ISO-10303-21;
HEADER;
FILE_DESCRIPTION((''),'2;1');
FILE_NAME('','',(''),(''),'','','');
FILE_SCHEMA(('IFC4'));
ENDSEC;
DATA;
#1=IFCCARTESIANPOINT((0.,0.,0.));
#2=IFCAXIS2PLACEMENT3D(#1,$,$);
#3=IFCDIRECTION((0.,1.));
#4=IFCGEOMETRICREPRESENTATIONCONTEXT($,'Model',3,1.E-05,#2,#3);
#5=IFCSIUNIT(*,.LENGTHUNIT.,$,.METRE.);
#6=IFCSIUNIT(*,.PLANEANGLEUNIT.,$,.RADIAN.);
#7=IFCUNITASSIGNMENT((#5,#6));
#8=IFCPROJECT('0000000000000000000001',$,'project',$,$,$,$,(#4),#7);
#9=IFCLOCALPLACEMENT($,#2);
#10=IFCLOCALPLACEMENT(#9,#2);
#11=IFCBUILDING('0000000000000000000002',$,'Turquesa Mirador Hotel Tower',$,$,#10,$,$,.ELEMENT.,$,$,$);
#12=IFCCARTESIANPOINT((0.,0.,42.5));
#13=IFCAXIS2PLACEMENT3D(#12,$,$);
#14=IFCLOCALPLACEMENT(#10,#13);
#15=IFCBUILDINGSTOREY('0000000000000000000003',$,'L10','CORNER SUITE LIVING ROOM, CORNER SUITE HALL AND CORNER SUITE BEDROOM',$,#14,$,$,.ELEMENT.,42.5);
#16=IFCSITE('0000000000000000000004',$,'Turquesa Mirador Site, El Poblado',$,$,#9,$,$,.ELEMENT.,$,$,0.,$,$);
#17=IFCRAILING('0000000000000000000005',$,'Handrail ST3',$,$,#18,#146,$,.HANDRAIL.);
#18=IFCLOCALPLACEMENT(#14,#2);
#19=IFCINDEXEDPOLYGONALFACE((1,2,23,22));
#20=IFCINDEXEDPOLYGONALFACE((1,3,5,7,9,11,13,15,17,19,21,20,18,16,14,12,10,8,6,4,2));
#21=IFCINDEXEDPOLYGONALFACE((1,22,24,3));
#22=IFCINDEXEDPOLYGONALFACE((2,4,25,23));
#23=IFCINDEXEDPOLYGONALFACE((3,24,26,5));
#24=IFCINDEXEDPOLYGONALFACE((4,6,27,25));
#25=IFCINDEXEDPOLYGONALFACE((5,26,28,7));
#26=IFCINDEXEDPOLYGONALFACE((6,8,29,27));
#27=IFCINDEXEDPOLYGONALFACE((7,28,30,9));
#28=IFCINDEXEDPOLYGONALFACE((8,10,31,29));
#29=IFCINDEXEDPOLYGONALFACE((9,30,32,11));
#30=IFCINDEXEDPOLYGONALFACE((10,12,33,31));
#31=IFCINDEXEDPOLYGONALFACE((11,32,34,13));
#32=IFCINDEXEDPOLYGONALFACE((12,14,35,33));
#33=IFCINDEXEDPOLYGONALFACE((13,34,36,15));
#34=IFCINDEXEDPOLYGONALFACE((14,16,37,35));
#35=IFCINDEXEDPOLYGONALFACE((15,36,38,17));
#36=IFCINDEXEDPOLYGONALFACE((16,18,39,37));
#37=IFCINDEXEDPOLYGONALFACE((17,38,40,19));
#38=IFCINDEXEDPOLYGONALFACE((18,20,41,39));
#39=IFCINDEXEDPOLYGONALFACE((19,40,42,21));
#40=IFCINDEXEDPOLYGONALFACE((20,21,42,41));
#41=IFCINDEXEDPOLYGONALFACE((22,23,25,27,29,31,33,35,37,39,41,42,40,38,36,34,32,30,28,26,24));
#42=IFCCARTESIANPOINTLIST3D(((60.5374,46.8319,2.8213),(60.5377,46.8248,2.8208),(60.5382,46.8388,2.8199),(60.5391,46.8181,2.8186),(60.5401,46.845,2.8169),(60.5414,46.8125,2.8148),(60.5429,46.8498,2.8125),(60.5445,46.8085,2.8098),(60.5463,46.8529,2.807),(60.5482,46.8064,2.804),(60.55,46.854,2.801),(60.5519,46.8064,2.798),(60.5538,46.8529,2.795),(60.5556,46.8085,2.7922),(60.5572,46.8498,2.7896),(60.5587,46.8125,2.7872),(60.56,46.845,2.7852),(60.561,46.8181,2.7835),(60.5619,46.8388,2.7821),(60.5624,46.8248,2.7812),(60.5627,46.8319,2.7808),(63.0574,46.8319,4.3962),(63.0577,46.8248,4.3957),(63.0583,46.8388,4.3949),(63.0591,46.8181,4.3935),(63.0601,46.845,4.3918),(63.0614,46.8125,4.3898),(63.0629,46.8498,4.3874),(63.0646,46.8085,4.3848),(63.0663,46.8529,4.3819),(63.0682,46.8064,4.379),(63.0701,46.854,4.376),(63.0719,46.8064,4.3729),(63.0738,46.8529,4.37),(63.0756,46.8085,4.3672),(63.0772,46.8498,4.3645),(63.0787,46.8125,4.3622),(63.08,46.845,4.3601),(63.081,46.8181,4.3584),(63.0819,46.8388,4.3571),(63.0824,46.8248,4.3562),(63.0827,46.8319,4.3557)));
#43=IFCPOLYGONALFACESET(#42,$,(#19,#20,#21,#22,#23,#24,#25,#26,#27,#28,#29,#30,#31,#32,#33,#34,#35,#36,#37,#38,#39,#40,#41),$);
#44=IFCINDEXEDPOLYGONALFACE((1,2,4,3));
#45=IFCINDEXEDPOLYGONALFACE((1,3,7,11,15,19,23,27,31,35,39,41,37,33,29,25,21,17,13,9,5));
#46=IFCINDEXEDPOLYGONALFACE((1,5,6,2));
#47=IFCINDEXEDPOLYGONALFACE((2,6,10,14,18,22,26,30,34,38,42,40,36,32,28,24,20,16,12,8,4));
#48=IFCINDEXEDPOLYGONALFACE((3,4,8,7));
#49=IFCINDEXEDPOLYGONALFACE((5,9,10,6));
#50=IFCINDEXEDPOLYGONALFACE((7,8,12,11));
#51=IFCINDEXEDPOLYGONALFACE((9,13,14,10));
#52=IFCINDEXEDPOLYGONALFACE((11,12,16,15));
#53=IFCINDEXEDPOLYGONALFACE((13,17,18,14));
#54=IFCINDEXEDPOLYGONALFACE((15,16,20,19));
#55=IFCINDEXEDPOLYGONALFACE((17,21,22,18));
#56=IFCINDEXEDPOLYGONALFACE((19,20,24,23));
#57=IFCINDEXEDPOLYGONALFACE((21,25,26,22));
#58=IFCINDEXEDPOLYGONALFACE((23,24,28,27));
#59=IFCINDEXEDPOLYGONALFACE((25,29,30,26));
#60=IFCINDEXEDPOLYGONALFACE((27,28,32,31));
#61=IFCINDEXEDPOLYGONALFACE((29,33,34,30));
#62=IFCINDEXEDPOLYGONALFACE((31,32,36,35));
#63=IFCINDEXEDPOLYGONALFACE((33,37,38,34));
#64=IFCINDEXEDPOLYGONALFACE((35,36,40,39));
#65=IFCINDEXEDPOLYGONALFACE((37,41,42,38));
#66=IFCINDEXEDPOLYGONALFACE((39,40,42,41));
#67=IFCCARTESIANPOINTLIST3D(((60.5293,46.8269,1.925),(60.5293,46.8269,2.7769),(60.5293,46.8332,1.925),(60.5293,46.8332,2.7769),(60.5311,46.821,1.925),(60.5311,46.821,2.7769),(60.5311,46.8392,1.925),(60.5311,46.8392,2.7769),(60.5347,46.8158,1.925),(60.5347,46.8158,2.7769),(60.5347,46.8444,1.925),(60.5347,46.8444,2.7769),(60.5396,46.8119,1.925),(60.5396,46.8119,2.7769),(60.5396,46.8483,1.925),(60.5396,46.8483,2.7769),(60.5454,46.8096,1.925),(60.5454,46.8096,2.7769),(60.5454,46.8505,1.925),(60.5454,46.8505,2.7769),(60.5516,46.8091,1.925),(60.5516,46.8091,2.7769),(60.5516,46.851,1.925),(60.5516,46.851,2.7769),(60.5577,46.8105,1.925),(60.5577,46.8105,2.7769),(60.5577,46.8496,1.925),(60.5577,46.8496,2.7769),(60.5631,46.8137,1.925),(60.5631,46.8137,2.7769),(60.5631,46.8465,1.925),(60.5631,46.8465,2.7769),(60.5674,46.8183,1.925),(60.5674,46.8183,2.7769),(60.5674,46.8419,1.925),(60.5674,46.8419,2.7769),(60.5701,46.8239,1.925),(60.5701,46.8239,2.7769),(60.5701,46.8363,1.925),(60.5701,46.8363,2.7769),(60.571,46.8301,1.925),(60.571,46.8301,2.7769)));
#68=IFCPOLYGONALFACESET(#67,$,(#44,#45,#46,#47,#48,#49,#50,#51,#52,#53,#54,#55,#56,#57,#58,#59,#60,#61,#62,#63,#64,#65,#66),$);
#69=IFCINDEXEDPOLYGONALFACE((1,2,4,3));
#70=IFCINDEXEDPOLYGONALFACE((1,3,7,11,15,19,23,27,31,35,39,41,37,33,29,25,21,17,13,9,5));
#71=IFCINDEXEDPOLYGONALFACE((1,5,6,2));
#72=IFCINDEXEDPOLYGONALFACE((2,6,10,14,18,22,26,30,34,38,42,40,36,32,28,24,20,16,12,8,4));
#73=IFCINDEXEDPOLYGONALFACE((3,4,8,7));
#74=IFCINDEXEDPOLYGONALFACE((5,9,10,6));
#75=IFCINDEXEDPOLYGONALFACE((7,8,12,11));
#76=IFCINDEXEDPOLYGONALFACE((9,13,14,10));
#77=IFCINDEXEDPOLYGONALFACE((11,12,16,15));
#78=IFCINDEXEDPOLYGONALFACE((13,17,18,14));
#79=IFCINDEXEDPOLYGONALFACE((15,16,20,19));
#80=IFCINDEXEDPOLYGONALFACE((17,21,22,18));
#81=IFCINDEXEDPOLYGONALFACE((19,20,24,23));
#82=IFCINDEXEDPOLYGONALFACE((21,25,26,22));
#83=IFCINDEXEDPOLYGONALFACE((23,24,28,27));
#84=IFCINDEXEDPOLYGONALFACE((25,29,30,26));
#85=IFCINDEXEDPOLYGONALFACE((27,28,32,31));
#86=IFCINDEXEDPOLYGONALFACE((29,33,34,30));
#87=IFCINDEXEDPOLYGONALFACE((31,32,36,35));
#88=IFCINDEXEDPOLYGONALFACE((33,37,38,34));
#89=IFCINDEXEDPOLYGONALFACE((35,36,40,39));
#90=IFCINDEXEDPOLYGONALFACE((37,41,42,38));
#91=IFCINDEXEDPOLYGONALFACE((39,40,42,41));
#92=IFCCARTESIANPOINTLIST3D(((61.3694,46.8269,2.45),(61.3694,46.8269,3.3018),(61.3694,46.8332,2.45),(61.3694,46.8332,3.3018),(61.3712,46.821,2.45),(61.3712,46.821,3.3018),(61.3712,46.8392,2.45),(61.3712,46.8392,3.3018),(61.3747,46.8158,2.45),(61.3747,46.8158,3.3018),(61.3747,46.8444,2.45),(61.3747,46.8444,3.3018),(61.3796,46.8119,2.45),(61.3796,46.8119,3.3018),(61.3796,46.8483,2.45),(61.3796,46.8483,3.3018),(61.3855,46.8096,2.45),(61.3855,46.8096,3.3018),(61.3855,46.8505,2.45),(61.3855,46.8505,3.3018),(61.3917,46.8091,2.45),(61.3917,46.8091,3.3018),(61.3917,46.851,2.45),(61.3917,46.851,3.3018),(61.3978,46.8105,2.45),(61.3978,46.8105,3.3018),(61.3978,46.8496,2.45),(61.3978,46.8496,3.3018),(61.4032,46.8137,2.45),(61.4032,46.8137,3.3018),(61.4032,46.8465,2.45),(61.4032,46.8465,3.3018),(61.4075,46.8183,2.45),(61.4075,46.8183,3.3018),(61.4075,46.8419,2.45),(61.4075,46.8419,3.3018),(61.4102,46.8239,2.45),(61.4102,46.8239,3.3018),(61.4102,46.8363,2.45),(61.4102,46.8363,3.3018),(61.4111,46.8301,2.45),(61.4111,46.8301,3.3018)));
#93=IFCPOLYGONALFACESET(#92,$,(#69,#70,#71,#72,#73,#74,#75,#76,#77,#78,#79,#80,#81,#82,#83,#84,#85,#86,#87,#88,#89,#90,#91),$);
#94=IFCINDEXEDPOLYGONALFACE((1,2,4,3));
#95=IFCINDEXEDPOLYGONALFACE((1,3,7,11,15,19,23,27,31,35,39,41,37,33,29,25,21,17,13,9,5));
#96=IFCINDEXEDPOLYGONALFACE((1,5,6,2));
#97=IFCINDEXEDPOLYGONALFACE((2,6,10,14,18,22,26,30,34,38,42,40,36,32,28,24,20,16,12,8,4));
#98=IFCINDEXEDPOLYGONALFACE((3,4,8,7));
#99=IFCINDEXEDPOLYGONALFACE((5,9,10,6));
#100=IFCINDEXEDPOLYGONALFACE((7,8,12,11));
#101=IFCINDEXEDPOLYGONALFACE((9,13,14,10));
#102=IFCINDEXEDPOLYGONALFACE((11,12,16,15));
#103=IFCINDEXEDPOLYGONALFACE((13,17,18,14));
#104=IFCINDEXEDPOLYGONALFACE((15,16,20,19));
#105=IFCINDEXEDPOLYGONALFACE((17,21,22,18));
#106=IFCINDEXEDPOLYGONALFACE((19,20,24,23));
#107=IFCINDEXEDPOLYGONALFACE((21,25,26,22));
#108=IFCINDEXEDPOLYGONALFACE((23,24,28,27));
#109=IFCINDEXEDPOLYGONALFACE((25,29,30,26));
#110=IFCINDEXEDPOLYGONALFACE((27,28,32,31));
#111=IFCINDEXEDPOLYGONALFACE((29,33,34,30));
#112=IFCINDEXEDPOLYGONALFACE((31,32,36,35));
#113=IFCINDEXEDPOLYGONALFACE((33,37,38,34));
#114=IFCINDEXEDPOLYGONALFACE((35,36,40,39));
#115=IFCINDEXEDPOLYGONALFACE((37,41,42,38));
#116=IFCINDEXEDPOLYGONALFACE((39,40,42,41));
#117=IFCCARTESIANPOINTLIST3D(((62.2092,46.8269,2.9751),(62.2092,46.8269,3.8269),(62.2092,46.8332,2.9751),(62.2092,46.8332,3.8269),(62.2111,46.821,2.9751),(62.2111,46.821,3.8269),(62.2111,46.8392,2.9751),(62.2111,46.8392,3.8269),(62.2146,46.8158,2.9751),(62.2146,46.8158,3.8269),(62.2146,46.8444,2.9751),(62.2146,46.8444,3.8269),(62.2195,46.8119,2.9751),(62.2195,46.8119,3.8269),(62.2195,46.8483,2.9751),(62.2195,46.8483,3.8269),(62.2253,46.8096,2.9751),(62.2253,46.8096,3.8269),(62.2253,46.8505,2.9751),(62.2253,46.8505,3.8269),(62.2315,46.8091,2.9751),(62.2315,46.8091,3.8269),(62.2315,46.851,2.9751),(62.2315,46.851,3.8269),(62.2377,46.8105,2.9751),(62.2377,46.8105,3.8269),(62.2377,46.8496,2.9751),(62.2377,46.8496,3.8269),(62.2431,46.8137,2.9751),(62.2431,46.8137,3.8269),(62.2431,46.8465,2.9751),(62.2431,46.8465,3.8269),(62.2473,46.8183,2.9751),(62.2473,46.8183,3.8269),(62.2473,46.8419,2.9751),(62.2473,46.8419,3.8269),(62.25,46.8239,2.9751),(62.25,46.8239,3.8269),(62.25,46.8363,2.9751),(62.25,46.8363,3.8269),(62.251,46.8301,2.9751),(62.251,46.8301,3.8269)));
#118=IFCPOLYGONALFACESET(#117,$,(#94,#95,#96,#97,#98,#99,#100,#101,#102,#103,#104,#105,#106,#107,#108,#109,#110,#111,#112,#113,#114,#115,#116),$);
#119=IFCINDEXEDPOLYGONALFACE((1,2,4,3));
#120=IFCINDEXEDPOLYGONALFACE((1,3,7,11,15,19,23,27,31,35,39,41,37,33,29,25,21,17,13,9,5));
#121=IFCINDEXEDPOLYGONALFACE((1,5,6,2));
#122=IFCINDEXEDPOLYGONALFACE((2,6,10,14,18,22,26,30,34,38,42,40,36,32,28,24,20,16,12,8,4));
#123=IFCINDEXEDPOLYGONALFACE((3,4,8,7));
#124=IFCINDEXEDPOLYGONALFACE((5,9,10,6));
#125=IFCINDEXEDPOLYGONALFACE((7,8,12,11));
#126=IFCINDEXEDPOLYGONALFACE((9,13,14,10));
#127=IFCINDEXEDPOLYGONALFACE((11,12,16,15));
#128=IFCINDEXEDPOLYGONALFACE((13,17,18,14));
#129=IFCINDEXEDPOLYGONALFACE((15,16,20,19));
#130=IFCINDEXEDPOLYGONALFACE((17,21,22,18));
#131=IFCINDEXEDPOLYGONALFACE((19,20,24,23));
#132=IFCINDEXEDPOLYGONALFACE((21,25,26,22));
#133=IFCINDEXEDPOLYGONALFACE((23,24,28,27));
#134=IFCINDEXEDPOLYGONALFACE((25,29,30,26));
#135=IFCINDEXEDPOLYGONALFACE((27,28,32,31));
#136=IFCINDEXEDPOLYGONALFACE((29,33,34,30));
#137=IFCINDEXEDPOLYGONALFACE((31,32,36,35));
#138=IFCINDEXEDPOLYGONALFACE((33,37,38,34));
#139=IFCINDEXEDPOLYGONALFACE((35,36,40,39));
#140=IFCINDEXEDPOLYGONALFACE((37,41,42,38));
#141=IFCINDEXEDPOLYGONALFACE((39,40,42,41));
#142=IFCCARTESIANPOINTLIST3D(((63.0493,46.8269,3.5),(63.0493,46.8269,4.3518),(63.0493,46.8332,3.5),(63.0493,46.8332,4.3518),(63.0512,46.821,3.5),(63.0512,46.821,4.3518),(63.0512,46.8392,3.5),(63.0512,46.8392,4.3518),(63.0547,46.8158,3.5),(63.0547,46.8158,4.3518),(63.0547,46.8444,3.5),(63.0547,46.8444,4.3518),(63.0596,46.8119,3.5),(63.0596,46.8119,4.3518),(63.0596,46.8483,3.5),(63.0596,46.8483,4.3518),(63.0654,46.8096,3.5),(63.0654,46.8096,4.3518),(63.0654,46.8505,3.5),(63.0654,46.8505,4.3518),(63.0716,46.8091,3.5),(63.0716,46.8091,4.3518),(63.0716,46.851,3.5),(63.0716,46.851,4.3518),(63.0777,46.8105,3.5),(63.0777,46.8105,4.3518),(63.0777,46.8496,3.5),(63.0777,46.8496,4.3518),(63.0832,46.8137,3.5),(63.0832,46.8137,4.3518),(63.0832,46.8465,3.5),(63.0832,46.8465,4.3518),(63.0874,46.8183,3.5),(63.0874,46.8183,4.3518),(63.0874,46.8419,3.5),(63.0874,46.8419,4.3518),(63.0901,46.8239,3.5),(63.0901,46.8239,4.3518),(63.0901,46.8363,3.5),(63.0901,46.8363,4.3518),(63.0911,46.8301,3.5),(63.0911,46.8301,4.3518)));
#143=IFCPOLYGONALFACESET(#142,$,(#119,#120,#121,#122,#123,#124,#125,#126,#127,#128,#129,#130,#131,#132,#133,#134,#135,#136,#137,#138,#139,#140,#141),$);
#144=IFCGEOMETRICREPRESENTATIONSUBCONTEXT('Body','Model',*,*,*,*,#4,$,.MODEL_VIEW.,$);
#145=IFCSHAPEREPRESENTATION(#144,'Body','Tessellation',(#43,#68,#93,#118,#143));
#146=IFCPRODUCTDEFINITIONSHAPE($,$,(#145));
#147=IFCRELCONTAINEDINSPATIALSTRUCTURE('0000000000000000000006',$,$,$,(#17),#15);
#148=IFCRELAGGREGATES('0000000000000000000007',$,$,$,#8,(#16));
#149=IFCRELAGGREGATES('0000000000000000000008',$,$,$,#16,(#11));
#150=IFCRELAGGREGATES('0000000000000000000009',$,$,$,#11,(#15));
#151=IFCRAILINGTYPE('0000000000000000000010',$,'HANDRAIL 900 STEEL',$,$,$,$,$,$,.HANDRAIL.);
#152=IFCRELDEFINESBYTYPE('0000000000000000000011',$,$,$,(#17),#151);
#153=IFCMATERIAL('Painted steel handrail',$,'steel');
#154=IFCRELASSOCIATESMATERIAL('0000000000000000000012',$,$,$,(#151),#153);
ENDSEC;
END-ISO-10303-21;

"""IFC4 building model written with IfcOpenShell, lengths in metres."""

from ifc_helpers import new_model, si_unit, direction, frame, origin, origin_2d, place, context, subcontext, project, spatial, circle, extrude, material, type_object, element, save


model = new_model("IFC4")

# Units and contexts
model_context = context("Model", 3, precision=1e-05, world=origin(), true_north=direction((0.0, 1.0)))
body_context = subcontext(model_context, "Body", "Model", "MODEL_VIEW")
ifc_project = project(units=[si_unit("LENGTHUNIT", "METRE"), si_unit("PLANEANGLEUNIT", "RADIAN")], contexts=[model_context])

# Site, building, storey
site_placement = place(None, origin())
site = spatial("IfcSite", under=ifc_project, at=site_placement, Name="Turquesa Mirador Site, El Poblado", CompositionType="ELEMENT", RefElevation=0.0)
building_placement = place(site_placement, origin())
building = spatial("IfcBuilding", under=site, at=building_placement, Name="Turquesa Mirador Hotel Tower", CompositionType="ELEMENT")
storey_placement = place(building_placement, frame((0.0, 0.0, 42.5)))
storey = spatial("IfcBuildingStorey", under=building, at=storey_placement, Name="L10", Description="CORNER SUITE LIVING ROOM, CORNER SUITE HALL AND CORNER SUITE BEDROOM", CompositionType="ELEMENT", Elevation=42.5)

# Railing
ifc_material_1 = material(Name="Painted steel handrail", Category="steel")
railing_type = type_object("IfcRailingType", Name="HANDRAIL 900 STEEL", PredefinedType="HANDRAIL", material=ifc_material_1)
railing_placement = place(storey_placement, frame((60.55, 46.8301, 1.925)))
element("IfcRailing", 1, at=railing_placement, inside=storey, type_object=railing_type, Name="Handrail ST3", PredefinedType="HANDRAIL", context=body_context, shape_type="SweptSolid", body=[
    extrude(circle(Radius=0.0239, at=origin_2d()), frame((0.0, 0.0, 0.876), z_axis=(0.848008, 0.0, 0.529984), x_axis=(0.0, 1.0, 0.0)), (0.0, 0.0, 1.0), 2.9717),
    extrude(circle(Radius=0.021, at=origin_2d()), origin(), (0.0, 0.0, 1.0), 0.8518),
    extrude(circle(Radius=0.021, at=origin_2d()), frame((0.8401, 0.0, 0.5249)), (0.0, 0.0, 1.0), 0.8518),
    extrude(circle(Radius=0.021, at=origin_2d()), frame((1.6799, 0.0, 1.05)), (0.0, 0.0, 1.0), 0.8518),
    extrude(circle(Radius=0.021, at=origin_2d()), frame((2.52, 0.0, 1.575)), (0.0, 0.0, 1.0), 0.8518),
])

save(model, "model.ifc")
